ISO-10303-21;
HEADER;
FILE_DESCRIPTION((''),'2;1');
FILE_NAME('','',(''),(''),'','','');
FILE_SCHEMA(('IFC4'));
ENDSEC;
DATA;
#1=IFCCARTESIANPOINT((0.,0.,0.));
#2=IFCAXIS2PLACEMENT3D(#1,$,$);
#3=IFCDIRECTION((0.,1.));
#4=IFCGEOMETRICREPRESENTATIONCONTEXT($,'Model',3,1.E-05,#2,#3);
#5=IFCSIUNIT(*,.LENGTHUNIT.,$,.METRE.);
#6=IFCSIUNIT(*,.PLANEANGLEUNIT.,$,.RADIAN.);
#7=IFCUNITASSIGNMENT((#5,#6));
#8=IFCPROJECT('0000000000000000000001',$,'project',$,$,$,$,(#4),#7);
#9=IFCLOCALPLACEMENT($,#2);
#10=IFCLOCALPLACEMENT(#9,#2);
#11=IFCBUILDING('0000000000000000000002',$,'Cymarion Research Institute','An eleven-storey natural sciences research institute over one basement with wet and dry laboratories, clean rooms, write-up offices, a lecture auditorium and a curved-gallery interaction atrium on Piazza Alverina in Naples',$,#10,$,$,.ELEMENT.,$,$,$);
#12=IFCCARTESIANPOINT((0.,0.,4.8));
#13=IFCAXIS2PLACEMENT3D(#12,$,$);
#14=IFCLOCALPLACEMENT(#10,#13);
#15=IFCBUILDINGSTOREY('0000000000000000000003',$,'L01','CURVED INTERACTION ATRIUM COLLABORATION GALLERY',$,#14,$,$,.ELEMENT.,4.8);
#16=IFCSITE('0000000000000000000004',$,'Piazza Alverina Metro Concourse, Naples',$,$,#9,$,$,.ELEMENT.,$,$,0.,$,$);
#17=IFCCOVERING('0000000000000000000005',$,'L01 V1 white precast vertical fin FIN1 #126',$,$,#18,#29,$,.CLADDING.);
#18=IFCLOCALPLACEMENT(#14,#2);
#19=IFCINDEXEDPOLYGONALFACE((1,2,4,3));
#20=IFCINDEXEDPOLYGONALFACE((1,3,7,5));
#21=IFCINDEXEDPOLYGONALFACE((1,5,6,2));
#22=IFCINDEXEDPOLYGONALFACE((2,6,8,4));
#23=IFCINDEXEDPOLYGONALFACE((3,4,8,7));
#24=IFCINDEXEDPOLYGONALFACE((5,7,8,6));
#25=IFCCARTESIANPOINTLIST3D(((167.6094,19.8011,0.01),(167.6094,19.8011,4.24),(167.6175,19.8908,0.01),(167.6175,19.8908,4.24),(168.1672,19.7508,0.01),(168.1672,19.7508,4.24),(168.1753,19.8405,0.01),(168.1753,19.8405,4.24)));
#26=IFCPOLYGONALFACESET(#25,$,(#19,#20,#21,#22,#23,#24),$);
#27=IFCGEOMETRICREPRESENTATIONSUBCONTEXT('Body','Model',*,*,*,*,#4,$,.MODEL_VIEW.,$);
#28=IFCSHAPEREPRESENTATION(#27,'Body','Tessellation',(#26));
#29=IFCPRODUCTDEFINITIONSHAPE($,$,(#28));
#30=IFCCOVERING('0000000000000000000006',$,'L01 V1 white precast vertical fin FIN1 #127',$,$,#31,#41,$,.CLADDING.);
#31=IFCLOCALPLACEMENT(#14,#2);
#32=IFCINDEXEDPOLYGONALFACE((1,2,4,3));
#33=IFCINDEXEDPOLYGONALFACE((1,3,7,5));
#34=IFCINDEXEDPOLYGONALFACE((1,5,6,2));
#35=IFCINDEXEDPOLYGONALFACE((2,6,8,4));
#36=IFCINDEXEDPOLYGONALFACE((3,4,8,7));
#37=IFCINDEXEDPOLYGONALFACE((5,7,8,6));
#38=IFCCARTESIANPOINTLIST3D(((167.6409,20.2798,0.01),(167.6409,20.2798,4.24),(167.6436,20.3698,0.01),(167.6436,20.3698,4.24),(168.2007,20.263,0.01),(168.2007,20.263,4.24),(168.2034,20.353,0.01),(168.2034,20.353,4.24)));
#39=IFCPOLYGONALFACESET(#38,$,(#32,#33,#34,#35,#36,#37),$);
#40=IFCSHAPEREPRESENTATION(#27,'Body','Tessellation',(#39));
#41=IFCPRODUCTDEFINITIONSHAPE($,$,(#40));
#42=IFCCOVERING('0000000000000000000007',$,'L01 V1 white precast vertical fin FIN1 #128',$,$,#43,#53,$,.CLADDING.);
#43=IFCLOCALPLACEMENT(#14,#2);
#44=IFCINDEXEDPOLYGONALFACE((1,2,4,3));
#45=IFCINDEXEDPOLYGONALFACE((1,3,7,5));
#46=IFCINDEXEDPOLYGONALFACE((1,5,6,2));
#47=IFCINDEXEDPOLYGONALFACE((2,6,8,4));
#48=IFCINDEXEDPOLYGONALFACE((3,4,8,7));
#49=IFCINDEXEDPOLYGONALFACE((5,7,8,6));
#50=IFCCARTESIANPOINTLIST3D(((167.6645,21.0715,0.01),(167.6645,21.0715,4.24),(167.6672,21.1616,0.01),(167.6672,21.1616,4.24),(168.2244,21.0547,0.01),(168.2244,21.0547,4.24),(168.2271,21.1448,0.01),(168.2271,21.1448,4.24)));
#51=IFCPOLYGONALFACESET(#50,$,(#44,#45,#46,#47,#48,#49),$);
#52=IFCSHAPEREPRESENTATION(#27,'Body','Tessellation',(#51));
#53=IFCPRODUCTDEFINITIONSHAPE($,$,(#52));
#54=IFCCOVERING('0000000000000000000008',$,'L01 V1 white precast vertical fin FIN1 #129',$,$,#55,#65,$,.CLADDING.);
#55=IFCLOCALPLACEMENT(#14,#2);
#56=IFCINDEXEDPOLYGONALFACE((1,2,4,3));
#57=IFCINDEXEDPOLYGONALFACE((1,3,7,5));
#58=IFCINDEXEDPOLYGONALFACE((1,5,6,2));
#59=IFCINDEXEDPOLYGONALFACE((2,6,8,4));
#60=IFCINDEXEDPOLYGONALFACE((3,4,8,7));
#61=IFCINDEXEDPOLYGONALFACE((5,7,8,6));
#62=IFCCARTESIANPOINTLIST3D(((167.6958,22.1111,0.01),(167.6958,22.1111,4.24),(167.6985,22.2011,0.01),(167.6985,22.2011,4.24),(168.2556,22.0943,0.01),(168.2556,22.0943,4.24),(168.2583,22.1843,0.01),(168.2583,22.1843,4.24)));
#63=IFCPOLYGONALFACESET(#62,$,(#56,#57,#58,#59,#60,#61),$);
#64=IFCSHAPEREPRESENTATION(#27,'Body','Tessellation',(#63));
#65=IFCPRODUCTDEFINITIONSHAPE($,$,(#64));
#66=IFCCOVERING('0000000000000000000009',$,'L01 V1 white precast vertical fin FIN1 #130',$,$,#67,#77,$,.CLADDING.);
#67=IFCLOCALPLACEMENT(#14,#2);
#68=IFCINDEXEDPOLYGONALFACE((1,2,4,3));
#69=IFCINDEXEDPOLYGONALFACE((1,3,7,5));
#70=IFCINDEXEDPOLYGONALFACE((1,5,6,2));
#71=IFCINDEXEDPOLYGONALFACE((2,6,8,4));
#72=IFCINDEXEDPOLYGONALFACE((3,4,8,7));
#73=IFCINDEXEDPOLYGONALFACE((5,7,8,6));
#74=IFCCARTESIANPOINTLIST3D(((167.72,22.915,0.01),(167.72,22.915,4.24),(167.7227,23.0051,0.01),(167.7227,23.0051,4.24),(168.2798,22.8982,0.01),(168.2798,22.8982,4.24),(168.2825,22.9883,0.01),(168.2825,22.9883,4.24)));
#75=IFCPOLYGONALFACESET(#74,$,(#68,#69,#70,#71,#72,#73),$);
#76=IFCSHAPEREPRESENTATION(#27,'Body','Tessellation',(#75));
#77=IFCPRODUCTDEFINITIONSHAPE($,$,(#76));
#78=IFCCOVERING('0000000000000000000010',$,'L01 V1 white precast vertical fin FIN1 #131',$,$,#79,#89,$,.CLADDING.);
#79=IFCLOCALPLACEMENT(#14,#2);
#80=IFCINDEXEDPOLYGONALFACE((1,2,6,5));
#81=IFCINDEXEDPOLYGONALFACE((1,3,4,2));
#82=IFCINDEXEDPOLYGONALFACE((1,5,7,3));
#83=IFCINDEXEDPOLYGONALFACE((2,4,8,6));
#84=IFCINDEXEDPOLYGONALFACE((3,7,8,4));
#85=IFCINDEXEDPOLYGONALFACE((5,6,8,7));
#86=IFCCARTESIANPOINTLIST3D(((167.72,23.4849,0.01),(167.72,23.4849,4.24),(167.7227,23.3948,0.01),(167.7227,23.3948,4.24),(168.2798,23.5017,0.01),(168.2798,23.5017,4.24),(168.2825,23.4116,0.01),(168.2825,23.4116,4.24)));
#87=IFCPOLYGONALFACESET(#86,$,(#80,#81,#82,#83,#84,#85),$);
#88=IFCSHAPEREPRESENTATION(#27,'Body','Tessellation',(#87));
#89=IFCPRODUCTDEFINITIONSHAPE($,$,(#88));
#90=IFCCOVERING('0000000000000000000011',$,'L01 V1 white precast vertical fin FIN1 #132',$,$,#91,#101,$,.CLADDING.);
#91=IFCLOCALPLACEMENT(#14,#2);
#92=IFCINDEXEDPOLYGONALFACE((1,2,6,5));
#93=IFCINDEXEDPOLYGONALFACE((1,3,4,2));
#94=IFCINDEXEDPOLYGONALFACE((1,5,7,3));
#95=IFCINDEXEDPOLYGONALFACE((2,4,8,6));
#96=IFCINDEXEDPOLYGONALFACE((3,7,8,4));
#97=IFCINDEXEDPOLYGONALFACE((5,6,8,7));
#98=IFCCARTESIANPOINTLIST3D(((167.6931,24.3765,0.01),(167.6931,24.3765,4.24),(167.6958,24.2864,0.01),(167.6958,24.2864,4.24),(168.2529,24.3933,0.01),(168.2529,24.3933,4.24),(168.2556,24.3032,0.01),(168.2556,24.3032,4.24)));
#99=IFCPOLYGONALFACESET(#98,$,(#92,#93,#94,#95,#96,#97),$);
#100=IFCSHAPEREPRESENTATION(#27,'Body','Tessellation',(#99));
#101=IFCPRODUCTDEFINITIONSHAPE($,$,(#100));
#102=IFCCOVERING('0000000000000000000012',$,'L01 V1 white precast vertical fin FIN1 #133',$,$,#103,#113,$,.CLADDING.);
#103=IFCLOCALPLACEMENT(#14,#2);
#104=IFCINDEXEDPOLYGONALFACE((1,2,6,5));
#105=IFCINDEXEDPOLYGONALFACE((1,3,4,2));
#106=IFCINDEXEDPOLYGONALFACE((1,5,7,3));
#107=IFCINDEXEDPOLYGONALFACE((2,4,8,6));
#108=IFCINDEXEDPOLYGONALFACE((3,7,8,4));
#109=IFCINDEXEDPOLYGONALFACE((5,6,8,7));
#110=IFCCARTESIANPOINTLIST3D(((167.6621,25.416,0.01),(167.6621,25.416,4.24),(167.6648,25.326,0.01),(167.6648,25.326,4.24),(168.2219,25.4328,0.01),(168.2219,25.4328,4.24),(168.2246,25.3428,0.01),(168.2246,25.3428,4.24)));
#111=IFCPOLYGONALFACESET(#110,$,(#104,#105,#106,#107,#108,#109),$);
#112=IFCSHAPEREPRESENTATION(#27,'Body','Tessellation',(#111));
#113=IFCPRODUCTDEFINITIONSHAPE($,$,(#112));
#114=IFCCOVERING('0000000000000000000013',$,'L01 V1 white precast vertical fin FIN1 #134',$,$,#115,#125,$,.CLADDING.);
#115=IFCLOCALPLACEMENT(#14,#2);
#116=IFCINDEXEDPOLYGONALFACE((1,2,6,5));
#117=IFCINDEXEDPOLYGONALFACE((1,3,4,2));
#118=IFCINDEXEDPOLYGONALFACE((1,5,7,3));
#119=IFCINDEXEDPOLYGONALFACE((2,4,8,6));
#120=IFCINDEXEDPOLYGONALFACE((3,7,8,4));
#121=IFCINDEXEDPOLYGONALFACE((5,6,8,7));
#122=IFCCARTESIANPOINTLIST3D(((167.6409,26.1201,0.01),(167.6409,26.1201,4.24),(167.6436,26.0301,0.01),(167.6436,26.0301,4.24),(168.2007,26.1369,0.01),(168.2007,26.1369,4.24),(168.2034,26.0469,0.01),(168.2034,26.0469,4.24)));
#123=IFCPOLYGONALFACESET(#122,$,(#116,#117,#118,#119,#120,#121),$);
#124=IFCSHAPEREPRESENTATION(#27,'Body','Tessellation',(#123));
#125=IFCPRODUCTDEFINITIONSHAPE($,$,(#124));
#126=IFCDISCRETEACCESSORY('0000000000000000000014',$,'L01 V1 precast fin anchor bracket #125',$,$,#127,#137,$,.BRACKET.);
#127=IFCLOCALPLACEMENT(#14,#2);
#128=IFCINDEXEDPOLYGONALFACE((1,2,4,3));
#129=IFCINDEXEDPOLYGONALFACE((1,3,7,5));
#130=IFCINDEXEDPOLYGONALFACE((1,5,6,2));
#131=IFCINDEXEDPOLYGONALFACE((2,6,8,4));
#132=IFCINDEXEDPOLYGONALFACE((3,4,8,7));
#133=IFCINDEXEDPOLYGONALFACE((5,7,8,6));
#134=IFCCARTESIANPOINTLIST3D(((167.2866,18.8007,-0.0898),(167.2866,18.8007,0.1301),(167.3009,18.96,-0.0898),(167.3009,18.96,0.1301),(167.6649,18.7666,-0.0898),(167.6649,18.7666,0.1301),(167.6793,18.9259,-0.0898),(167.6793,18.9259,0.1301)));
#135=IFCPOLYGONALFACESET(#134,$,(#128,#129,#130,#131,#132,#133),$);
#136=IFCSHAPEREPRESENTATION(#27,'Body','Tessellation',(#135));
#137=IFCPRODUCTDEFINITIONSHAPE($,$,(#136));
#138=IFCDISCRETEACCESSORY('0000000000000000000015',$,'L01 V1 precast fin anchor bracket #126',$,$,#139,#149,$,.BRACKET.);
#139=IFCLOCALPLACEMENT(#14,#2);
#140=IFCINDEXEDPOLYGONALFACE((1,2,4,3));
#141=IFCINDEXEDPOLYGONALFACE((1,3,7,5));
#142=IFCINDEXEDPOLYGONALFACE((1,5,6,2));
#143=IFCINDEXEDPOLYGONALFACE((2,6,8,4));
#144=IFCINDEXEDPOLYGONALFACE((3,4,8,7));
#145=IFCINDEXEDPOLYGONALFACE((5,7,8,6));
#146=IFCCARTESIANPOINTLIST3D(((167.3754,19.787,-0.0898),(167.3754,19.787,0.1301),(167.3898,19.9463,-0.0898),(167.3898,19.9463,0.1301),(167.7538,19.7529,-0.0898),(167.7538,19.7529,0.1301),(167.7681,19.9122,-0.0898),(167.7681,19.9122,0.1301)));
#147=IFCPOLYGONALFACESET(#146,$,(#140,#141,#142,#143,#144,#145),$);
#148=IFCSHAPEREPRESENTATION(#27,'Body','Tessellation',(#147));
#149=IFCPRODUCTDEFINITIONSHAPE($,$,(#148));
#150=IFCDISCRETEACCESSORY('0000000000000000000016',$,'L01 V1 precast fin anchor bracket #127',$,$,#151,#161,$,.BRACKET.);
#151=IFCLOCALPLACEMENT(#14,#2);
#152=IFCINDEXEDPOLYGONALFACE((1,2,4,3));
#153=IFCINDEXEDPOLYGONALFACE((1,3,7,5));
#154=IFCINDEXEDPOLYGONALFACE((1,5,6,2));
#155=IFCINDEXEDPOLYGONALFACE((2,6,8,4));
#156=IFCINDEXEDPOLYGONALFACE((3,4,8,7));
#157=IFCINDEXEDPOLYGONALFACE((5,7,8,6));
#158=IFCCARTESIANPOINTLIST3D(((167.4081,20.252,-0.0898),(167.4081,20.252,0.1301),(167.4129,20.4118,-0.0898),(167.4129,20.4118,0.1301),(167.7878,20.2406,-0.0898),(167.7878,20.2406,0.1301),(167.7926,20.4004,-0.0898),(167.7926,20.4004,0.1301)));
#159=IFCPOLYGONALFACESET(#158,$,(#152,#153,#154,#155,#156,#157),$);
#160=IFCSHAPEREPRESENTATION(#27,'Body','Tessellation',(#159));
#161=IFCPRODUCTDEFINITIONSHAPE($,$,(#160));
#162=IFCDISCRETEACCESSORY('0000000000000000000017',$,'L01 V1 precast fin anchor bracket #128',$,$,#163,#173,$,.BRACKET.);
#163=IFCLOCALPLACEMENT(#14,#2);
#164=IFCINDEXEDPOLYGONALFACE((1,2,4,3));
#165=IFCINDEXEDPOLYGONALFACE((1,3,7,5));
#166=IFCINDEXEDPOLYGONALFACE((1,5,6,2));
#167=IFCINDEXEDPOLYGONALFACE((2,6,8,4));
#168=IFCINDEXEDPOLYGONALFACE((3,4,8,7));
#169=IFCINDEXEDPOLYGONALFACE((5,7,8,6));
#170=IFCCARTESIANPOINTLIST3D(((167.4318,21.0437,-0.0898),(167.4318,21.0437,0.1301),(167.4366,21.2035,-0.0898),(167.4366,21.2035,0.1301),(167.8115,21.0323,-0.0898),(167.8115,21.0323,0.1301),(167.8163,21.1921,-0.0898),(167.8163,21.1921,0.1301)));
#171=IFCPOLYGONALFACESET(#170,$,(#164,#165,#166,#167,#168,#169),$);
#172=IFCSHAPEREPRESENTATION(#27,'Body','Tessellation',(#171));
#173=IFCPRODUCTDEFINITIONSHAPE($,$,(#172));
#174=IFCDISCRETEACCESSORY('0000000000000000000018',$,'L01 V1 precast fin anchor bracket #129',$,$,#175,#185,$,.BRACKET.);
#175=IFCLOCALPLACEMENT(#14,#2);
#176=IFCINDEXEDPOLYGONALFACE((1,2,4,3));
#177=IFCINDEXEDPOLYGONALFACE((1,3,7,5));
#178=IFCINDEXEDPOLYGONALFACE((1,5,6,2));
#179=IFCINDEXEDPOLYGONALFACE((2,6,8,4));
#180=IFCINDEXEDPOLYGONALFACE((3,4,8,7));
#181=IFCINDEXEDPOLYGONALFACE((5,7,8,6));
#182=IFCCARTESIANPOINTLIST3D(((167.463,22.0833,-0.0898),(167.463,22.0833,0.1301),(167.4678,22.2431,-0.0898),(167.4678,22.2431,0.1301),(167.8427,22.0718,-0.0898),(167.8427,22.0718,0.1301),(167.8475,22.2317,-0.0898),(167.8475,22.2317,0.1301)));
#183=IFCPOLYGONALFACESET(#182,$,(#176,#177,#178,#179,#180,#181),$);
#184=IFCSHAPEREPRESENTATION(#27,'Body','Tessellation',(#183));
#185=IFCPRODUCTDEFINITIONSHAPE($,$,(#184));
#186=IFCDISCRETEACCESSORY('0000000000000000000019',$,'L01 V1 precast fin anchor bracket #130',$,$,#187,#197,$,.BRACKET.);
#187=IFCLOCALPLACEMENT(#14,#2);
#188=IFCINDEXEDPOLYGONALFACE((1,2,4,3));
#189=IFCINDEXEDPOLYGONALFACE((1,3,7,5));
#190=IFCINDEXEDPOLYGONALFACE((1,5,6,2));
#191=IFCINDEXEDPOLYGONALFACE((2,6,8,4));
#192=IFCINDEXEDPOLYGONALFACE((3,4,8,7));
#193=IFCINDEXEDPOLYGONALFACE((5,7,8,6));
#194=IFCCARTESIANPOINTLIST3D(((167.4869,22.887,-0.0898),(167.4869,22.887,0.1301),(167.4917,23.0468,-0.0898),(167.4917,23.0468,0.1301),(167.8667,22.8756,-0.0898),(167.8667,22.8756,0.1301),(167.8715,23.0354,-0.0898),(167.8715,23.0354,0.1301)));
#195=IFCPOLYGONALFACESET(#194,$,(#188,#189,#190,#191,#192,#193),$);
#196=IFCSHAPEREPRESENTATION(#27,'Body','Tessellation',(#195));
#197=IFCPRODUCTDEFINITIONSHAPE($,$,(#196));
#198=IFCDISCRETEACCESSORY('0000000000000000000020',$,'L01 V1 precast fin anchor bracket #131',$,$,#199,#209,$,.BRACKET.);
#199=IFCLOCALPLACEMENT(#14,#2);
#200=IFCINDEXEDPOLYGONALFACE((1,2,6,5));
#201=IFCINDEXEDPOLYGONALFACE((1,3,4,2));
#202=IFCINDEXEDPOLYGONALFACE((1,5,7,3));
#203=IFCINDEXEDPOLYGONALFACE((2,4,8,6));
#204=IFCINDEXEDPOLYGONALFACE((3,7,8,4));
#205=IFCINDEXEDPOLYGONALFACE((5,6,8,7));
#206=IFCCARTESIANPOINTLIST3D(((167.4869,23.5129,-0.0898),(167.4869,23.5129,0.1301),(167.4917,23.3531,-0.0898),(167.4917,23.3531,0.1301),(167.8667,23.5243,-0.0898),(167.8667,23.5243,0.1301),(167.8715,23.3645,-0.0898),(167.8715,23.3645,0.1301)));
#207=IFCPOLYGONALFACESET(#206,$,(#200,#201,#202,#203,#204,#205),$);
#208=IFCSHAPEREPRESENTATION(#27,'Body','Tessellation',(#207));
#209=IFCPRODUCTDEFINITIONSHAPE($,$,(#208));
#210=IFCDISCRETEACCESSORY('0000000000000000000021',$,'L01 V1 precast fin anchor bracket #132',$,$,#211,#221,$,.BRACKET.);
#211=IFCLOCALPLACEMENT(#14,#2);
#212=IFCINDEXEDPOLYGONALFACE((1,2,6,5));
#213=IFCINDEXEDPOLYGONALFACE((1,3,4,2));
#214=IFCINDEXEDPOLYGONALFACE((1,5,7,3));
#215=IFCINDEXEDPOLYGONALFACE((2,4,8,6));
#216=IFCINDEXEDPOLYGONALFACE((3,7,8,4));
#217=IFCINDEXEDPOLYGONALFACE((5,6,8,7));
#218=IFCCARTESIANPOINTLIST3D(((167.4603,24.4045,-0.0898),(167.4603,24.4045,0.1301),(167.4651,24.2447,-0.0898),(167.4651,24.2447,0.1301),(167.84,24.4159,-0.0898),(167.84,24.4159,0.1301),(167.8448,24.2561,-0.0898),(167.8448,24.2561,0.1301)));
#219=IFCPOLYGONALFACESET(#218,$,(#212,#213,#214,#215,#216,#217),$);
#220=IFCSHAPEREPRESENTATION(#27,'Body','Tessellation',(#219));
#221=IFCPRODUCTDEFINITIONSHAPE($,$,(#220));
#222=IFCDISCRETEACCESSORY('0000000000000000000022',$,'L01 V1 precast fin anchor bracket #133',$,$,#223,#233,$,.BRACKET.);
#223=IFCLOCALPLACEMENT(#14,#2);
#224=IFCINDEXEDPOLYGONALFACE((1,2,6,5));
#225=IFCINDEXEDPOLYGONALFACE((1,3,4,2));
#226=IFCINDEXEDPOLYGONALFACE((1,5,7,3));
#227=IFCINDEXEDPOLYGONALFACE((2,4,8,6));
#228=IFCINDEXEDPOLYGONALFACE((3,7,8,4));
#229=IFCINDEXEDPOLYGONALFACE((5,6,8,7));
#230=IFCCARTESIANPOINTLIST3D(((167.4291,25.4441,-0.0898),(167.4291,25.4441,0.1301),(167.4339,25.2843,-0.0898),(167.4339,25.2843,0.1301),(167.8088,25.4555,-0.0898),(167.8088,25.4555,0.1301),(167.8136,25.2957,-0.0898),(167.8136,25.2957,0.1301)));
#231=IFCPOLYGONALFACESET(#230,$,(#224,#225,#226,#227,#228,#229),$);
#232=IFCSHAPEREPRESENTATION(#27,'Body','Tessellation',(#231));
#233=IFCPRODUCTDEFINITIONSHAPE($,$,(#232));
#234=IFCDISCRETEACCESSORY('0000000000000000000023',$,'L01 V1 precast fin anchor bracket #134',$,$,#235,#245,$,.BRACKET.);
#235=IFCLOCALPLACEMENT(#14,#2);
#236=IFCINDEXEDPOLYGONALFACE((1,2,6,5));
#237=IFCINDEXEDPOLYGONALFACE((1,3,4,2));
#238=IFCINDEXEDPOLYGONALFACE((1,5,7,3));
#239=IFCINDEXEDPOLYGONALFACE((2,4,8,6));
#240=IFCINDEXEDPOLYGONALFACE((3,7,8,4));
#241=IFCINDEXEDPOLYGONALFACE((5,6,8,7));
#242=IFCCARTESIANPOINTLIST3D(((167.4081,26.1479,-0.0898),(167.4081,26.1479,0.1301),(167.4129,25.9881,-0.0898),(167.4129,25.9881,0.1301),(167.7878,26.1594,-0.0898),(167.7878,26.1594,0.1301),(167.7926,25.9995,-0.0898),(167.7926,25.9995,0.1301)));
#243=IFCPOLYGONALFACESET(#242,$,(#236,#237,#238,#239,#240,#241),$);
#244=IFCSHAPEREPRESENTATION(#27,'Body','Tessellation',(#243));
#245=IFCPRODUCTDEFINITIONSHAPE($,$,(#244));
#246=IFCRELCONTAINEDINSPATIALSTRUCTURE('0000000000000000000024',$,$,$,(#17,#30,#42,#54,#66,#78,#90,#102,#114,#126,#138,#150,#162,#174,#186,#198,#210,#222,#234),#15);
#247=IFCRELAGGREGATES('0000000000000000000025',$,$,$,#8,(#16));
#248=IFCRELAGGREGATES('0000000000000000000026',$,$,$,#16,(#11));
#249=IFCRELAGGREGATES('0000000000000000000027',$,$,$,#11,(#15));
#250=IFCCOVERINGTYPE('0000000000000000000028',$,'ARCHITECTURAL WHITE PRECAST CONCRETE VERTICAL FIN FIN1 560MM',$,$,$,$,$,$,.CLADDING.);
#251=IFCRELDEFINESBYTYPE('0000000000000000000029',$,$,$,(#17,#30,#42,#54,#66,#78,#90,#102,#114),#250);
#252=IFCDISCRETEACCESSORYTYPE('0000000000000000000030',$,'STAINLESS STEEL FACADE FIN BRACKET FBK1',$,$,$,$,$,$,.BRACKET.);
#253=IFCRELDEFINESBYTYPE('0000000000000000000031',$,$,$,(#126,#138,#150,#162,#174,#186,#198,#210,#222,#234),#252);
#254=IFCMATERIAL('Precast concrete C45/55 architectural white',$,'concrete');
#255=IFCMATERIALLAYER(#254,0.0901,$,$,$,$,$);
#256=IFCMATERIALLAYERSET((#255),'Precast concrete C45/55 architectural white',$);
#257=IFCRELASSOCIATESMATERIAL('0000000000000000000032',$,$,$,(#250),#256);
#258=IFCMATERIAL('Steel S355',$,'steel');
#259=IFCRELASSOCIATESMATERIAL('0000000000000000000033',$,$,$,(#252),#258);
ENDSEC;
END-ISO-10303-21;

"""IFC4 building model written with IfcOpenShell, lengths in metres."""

from ifc_helpers import new_model, si_unit, direction, frame, origin, origin_2d, place, context, subcontext, project, spatial, rectangle, extrude, material, layer, layer_set, type_object, element, save


model = new_model("IFC4")

# Units and contexts
model_context = context("Model", 3, precision=1e-05, world=origin(), true_north=direction((0.0, 1.0)))
body_context = subcontext(model_context, "Body", "Model", "MODEL_VIEW")
ifc_project = project(units=[si_unit("LENGTHUNIT", "METRE"), si_unit("PLANEANGLEUNIT", "RADIAN")], contexts=[model_context])

# Site, building, storey
site_placement = place(None, origin())
site = spatial("IfcSite", under=ifc_project, at=site_placement, Name="Piazza Alverina Metro Concourse, Naples", CompositionType="ELEMENT", RefElevation=0.0)
building_placement = place(site_placement, origin())
building = spatial("IfcBuilding", under=site, at=building_placement, Name="Cymarion Research Institute", Description="An eleven-storey natural sciences research institute over one basement with wet and dry laboratories, clean rooms, write-up offices, a lecture auditorium and a curved-gallery interaction atrium on Piazza Alverina in Naples", CompositionType="ELEMENT")
storey_placement = place(building_placement, frame((0.0, 0.0, 4.8)))
storey = spatial("IfcBuildingStorey", under=building, at=storey_placement, Name="L01", Description="CURVED INTERACTION ATRIUM COLLABORATION GALLERY", CompositionType="ELEMENT", Elevation=4.8)

# Shared definitions
ifc_material_1 = material(Name="Steel S355", Category="steel")

# Coverings
ifc_material_2 = material(Name="Precast concrete C45/55 architectural white", Category="concrete")
ifc_layer_1 = layer(ifc_material_2, 0.0901)
ifc_layer_set_1 = layer_set([ifc_layer_1], Name="Precast concrete C45/55 architectural white")
covering_type = type_object("IfcCoveringType", Name="ARCHITECTURAL WHITE PRECAST CONCRETE VERTICAL FIN FIN1 560MM", PredefinedType="CLADDING", material=ifc_layer_set_1)
for number, where, z_axis, x_axis, name in (
    (1, (167.8923, 19.8208, 0.01), (0.0, 0.0, 1.0), (0.995963, -0.089763, 0.0), "L01 V1 white precast vertical fin FIN1 #126"),
    (2, (167.9221, 20.3164, 0.01), (0.0, 0.0, 1.0), (0.999549, -0.030015, 0.0), "L01 V1 white precast vertical fin FIN1 #127"),
    (3, (167.9458, 21.1082, 0.01), (0.0, 0.0, 1.0), (0.999549, -0.030015, 0.0), "L01 V1 white precast vertical fin FIN1 #128"),
    (4, (167.9771, 22.1477, 0.01), (0.0, 0.0, 1.0), (0.999549, -0.030015, 0.0), "L01 V1 white precast vertical fin FIN1 #129"),
    (5, (168.0012, 22.9517, 0.01), (0.0, 0.0, 1.0), (0.999549, -0.030015, 0.0), "L01 V1 white precast vertical fin FIN1 #130"),
    (6, (168.0012, 23.4482, 0.01), (0.0, 0.0, 1.0), (0.999549, 0.030015, 0.0), "L01 V1 white precast vertical fin FIN1 #131"),
    (7, (167.9744, 24.3398, 0.01), (0.0, 0.0, 1.0), (0.999549, 0.030015, 0.0), "L01 V1 white precast vertical fin FIN1 #132"),
    (8, (167.9434, 25.3794, 0.01), (0.0, 0.0, 1.0), (0.999549, 0.030015, 0.0), "L01 V1 white precast vertical fin FIN1 #133"),
    (9, (167.9221, 26.0835, 0.01), (0.0, 0.0, 1.0), (0.999549, 0.030015, 0.0), "L01 V1 white precast vertical fin FIN1 #134"),
):
    element("IfcCovering", number, at=place(storey_placement, frame(where, z_axis=z_axis, x_axis=x_axis)), inside=storey, type_object=covering_type, Name=name, PredefinedType="CLADDING", context=body_context, shape_type="SweptSolid", body=[
        extrude(rectangle(XDim=0.5601, YDim=0.0901, at=origin_2d()), origin(), (0.0, 0.0, 1.0), 4.23),
    ])

# Discrete accessories
discrete_accessory_type = type_object("IfcDiscreteAccessoryType", Name="STAINLESS STEEL FACADE FIN BRACKET FBK1", PredefinedType="BRACKET", material=ifc_material_1)
for number, where, z_axis, x_axis, name in (
    (10, (167.4829, 18.8633, -0.0898), (0.0, 0.0, 1.0), (0.995963, -0.089763, 0.0), "L01 V1 precast fin anchor bracket #125"),
    (11, (167.5718, 19.8496, -0.0898), (0.0, 0.0, 1.0), (0.995963, -0.089763, 0.0), "L01 V1 precast fin anchor bracket #126"),
    (12, (167.6003, 20.3262, -0.0898), (0.0, 0.0, 1.0), (0.999549, -0.030015, 0.0), "L01 V1 precast fin anchor bracket #127"),
    (13, (167.624, 21.1179, -0.0898), (0.0, 0.0, 1.0), (0.999549, -0.030015, 0.0), "L01 V1 precast fin anchor bracket #128"),
    (14, (167.6553, 22.1575, -0.0898), (0.0, 0.0, 1.0), (0.999549, -0.030015, 0.0), "L01 V1 precast fin anchor bracket #129"),
    (15, (167.6792, 22.9612, -0.0898), (0.0, 0.0, 1.0), (0.999549, -0.030015, 0.0), "L01 V1 precast fin anchor bracket #130"),
    (16, (167.6792, 23.4387, -0.0898), (0.0, 0.0, 1.0), (0.999549, 0.030015, 0.0), "L01 V1 precast fin anchor bracket #131"),
    (17, (167.6526, 24.3303, -0.0898), (0.0, 0.0, 1.0), (0.999549, 0.030015, 0.0), "L01 V1 precast fin anchor bracket #132"),
    (18, (167.6213, 25.3699, -0.0898), (0.0, 0.0, 1.0), (0.999549, 0.030015, 0.0), "L01 V1 precast fin anchor bracket #133"),
    (19, (167.6003, 26.0737, -0.0898), (0.0, 0.0, 1.0), (0.999549, 0.030015, 0.0), "L01 V1 precast fin anchor bracket #134"),
):
    element("IfcDiscreteAccessory", number, at=place(storey_placement, frame(where, z_axis=z_axis, x_axis=x_axis)), inside=storey, type_object=discrete_accessory_type, Name=name, PredefinedType="BRACKET", context=body_context, shape_type="SweptSolid", body=[
        extrude(rectangle(XDim=0.3799, YDim=0.1599, at=origin_2d()), origin(), (0.0, 0.0, 1.0), 0.22),
    ])

save(model, "model.ifc")
